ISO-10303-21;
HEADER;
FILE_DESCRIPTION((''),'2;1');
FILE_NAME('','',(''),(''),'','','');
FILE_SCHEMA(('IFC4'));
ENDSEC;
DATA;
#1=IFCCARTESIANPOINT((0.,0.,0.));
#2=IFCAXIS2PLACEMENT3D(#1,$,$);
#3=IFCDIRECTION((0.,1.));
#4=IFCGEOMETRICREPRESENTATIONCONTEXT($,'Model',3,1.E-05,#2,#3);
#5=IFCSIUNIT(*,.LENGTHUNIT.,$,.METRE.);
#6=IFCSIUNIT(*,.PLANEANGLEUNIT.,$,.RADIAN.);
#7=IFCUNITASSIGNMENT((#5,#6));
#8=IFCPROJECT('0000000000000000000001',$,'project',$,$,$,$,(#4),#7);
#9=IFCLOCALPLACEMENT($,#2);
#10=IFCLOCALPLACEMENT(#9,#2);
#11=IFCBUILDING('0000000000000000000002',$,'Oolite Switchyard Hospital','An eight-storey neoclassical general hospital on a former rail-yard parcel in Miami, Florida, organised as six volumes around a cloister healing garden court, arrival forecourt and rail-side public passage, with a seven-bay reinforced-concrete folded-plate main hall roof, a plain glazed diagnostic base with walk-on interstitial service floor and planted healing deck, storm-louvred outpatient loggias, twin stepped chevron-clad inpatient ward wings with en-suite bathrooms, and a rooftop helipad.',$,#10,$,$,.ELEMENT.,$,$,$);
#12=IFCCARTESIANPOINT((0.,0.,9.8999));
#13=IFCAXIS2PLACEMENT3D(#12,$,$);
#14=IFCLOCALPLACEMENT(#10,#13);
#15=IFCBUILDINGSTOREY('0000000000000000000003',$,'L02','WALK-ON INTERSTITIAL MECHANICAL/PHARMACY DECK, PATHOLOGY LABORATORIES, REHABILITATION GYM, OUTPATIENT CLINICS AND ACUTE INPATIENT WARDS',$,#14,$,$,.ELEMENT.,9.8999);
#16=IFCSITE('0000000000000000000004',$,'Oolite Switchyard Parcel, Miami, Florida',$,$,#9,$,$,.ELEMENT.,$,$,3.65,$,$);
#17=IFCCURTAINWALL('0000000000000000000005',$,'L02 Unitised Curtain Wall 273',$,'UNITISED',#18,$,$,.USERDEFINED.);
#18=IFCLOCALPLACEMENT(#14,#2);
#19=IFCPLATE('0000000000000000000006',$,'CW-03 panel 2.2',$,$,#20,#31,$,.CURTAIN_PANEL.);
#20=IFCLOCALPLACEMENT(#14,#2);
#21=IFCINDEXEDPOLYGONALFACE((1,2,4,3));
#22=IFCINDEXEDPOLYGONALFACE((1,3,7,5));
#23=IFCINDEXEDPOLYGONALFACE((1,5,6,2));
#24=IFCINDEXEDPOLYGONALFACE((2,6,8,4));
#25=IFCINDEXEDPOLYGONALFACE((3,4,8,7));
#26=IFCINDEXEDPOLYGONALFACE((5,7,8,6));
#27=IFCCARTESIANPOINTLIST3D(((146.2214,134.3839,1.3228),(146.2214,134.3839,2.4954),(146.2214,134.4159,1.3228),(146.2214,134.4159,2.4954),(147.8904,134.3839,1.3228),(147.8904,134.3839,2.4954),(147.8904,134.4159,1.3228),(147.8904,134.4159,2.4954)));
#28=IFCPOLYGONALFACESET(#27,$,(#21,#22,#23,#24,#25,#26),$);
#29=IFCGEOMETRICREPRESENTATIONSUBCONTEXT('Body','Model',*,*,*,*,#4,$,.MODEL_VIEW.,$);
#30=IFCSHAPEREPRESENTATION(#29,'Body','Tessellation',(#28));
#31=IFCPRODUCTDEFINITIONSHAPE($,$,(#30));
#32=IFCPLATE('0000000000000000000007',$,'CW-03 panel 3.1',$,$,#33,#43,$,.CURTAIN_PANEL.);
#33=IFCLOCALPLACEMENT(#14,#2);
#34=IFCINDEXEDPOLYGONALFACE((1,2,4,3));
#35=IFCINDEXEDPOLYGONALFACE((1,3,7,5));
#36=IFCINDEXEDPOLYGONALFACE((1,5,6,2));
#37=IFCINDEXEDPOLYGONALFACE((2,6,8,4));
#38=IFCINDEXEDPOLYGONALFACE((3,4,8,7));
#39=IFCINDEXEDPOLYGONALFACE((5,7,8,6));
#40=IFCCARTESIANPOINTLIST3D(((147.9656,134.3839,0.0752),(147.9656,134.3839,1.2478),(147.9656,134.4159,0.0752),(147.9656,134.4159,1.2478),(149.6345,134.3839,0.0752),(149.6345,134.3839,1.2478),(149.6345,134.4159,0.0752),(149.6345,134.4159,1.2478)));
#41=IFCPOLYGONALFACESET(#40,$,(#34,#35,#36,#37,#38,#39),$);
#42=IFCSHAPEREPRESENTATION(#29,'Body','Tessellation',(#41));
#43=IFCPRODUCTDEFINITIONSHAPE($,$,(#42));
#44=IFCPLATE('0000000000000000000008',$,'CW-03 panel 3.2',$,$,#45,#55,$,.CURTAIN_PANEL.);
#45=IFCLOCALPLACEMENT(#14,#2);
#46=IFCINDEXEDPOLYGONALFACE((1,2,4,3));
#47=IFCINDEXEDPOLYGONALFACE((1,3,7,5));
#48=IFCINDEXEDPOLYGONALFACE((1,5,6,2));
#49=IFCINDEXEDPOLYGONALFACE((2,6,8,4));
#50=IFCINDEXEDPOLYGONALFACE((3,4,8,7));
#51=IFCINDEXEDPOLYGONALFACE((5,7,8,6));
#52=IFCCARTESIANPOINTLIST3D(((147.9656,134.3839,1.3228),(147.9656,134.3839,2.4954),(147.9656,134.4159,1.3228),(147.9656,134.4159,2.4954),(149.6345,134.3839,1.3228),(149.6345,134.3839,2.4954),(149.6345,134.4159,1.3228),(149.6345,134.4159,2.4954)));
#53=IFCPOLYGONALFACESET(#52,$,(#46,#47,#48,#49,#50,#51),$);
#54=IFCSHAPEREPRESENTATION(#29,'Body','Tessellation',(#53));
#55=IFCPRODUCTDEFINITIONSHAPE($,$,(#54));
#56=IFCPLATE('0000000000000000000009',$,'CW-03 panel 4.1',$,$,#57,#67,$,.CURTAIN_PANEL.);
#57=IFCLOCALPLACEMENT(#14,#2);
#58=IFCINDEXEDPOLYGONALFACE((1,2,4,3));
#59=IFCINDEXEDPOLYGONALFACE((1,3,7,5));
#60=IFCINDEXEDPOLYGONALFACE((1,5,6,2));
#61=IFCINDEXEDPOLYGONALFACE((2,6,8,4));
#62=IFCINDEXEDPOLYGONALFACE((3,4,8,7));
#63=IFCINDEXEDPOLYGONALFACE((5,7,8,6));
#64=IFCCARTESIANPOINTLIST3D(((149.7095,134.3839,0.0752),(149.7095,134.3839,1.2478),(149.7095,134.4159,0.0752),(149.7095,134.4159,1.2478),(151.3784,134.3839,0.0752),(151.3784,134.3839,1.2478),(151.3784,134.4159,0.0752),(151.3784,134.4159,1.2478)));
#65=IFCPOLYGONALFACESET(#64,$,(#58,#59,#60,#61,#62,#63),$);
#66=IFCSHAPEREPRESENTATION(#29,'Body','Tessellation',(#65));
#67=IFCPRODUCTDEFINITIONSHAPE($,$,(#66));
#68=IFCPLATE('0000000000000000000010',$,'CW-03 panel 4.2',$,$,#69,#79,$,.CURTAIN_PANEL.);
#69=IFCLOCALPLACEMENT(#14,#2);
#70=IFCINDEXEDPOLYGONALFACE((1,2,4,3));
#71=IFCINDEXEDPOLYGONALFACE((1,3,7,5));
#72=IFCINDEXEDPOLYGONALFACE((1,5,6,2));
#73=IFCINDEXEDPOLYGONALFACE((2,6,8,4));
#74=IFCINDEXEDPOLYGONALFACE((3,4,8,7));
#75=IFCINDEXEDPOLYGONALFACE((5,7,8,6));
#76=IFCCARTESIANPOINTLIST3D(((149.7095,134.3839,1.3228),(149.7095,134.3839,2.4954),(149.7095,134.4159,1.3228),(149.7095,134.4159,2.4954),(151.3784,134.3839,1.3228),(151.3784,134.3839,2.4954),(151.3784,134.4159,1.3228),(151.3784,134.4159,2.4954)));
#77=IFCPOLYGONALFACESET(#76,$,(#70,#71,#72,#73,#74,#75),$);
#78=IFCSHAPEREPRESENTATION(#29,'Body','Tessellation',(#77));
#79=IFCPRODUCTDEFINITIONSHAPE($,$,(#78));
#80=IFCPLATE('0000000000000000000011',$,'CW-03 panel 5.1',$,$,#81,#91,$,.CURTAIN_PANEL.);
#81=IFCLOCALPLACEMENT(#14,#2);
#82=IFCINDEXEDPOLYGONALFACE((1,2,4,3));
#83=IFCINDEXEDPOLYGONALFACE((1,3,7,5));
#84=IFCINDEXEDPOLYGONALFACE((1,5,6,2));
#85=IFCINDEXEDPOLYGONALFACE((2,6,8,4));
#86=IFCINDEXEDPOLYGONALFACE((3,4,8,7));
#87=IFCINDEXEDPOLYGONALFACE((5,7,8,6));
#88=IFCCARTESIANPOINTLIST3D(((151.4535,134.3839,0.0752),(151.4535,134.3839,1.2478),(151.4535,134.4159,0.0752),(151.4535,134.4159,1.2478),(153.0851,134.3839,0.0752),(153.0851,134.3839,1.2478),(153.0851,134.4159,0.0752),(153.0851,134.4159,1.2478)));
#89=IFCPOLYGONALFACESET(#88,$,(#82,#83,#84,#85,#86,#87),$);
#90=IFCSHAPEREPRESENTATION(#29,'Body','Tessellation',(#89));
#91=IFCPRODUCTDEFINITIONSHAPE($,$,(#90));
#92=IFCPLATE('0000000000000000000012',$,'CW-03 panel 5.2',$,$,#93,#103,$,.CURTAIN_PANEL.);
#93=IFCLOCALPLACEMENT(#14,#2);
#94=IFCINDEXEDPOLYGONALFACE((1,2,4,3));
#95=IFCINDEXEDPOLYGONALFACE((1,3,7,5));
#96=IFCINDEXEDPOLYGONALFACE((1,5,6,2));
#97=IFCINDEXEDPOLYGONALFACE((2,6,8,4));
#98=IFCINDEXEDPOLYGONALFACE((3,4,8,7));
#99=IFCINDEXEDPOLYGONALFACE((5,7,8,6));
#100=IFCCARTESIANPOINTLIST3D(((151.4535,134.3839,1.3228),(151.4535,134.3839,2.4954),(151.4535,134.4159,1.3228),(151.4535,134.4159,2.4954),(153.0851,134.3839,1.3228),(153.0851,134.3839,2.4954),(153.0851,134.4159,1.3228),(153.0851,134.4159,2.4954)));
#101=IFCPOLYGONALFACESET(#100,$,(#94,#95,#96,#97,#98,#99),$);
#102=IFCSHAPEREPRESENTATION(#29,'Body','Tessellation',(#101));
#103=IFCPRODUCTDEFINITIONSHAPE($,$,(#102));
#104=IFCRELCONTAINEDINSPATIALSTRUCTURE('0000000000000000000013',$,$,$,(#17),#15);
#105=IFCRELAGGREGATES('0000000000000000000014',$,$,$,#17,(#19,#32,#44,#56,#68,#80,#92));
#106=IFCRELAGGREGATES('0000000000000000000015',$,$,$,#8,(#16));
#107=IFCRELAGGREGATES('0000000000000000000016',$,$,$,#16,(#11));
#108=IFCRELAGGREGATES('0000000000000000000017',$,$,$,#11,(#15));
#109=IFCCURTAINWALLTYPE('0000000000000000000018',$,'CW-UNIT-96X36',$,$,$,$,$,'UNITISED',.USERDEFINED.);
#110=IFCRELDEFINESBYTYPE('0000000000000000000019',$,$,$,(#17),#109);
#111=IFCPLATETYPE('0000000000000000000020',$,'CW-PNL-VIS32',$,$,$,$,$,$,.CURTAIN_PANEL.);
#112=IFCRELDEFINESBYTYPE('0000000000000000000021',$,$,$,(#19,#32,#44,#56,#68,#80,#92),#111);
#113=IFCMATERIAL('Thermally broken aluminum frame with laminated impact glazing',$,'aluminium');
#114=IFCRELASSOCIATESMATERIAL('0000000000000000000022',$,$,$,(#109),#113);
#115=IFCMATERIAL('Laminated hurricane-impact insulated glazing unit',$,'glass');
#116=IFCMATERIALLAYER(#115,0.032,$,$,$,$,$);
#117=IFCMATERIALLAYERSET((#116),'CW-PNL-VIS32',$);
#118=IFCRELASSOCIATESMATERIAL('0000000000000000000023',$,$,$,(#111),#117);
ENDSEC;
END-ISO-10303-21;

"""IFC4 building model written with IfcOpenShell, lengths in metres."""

from ifc_helpers import new_model, si_unit, direction, frame, origin, origin_2d, place, context, subcontext, project, spatial, rectangle, extrude, material, layer, layer_set, type_object, element, aggregate, save


model = new_model("IFC4")

# Units and contexts
model_context = context("Model", 3, precision=1e-05, world=origin(), true_north=direction((0.0, 1.0)))
body_context = subcontext(model_context, "Body", "Model", "MODEL_VIEW")
ifc_project = project(units=[si_unit("LENGTHUNIT", "METRE"), si_unit("PLANEANGLEUNIT", "RADIAN")], contexts=[model_context])

# Site, building, storey
site_placement = place(None, origin())
site = spatial("IfcSite", under=ifc_project, at=site_placement, Name="Oolite Switchyard Parcel, Miami, Florida", CompositionType="ELEMENT", RefElevation=3.65)
building_placement = place(site_placement, origin())
building = spatial("IfcBuilding", under=site, at=building_placement, Name="Oolite Switchyard Hospital", Description="An eight-storey neoclassical general hospital on a former rail-yard parcel in Miami, Florida, organised as six volumes around a cloister healing garden court, arrival forecourt and rail-side public passage, with a seven-bay reinforced-concrete folded-plate main hall roof, a plain glazed diagnostic base with walk-on interstitial service floor and planted healing deck, storm-louvred outpatient loggias, twin stepped chevron-clad inpatient ward wings with en-suite bathrooms, and a rooftop helipad.", CompositionType="ELEMENT")
storey_placement = place(building_placement, frame((0.0, 0.0, 9.8999)))
storey = spatial("IfcBuildingStorey", under=building, at=storey_placement, Name="L02", Description="WALK-ON INTERSTITIAL MECHANICAL/PHARMACY DECK, PATHOLOGY LABORATORIES, REHABILITATION GYM, OUTPATIENT CLINICS AND ACUTE INPATIENT WARDS", CompositionType="ELEMENT", Elevation=9.8999)

# Curtain wall, plates
ifc_material_1 = material(Name="Thermally broken aluminum frame with laminated impact glazing", Category="aluminium")
curtain_wall_type = type_object("IfcCurtainWallType", Name="CW-UNIT-96X36", ElementType="UNITISED", PredefinedType="USERDEFINED", material=ifc_material_1)
curtain_wall_placement = place(storey_placement, origin())
curtain_wall = element("IfcCurtainWall", 1, at=curtain_wall_placement, inside=storey, type_object=curtain_wall_type, Name="L02 Unitised Curtain Wall 273", ObjectType="UNITISED", PredefinedType="USERDEFINED")
ifc_material_2 = material(Name="Laminated hurricane-impact insulated glazing unit", Category="glass")
ifc_layer = layer(ifc_material_2, 0.032)
ifc_layer_set = layer_set([ifc_layer], Name="CW-PNL-VIS32")
plate_type = type_object("IfcPlateType", Name="CW-PNL-VIS32", PredefinedType="CURTAIN_PANEL", material=ifc_layer_set)
plate_1_placement = place(storey_placement, frame((147.0559, 134.3999, 1.3228), z_axis=(0.0, 0.0, 1.0), x_axis=(1.0, 0.0, 0.0)))
plate_1 = element("IfcPlate", 2, at=plate_1_placement, type_object=plate_type, Name="CW-03 panel 2.2", PredefinedType="CURTAIN_PANEL", context=body_context, shape_type="SweptSolid", body=[
    extrude(rectangle(XDim=1.6689, YDim=0.032, at=origin_2d()), origin(), (0.0, 0.0, 1.0), 1.1726),
])
plate_2_placement = place(storey_placement, frame((148.8, 134.3999, 0.0752), z_axis=(0.0, 0.0, 1.0), x_axis=(1.0, 0.0, 0.0)))
plate_2 = element("IfcPlate", 3, at=plate_2_placement, type_object=plate_type, Name="CW-03 panel 3.1", PredefinedType="CURTAIN_PANEL", context=body_context, shape_type="SweptSolid", body=[
    extrude(rectangle(XDim=1.6689, YDim=0.032, at=origin_2d()), origin(), (0.0, 0.0, 1.0), 1.1726),
])
plate_3_placement = place(storey_placement, frame((148.8, 134.3999, 1.3228), z_axis=(0.0, 0.0, 1.0), x_axis=(1.0, 0.0, 0.0)))
plate_3 = element("IfcPlate", 4, at=plate_3_placement, type_object=plate_type, Name="CW-03 panel 3.2", PredefinedType="CURTAIN_PANEL", context=body_context, shape_type="SweptSolid", body=[
    extrude(rectangle(XDim=1.6689, YDim=0.032, at=origin_2d()), origin(), (0.0, 0.0, 1.0), 1.1726),
])
plate_4_placement = place(storey_placement, frame((150.5439, 134.3999, 0.0752), z_axis=(0.0, 0.0, 1.0), x_axis=(1.0, 0.0, 0.0)))
plate_4 = element("IfcPlate", 5, at=plate_4_placement, type_object=plate_type, Name="CW-03 panel 4.1", PredefinedType="CURTAIN_PANEL", context=body_context, shape_type="SweptSolid", body=[
    extrude(rectangle(XDim=1.6689, YDim=0.032, at=origin_2d()), origin(), (0.0, 0.0, 1.0), 1.1726),
])
plate_5_placement = place(storey_placement, frame((150.5439, 134.3999, 1.3228), z_axis=(0.0, 0.0, 1.0), x_axis=(1.0, 0.0, 0.0)))
plate_5 = element("IfcPlate", 6, at=plate_5_placement, type_object=plate_type, Name="CW-03 panel 4.2", PredefinedType="CURTAIN_PANEL", context=body_context, shape_type="SweptSolid", body=[
    extrude(rectangle(XDim=1.6689, YDim=0.032, at=origin_2d()), origin(), (0.0, 0.0, 1.0), 1.1726),
])
plate_6_placement = place(storey_placement, frame((152.2693, 134.3999, 0.0752), z_axis=(0.0, 0.0, 1.0), x_axis=(1.0, 0.0, 0.0)))
plate_6 = element("IfcPlate", 7, at=plate_6_placement, type_object=plate_type, Name="CW-03 panel 5.1", PredefinedType="CURTAIN_PANEL", context=body_context, shape_type="SweptSolid", body=[
    extrude(rectangle(XDim=1.6316, YDim=0.032, at=origin_2d()), origin(), (0.0, 0.0, 1.0), 1.1726),
])
plate_7_placement = place(storey_placement, frame((152.2693, 134.3999, 1.3228), z_axis=(0.0, 0.0, 1.0), x_axis=(1.0, 0.0, 0.0)))
plate_7 = element("IfcPlate", 8, at=plate_7_placement, type_object=plate_type, Name="CW-03 panel 5.2", PredefinedType="CURTAIN_PANEL", context=body_context, shape_type="SweptSolid", body=[
    extrude(rectangle(XDim=1.6316, YDim=0.032, at=origin_2d()), origin(), (0.0, 0.0, 1.0), 1.1726),
])
aggregate(curtain_wall, [plate_1, plate_2, plate_3, plate_4, plate_5, plate_6, plate_7])

save(model, "model.ifc")
